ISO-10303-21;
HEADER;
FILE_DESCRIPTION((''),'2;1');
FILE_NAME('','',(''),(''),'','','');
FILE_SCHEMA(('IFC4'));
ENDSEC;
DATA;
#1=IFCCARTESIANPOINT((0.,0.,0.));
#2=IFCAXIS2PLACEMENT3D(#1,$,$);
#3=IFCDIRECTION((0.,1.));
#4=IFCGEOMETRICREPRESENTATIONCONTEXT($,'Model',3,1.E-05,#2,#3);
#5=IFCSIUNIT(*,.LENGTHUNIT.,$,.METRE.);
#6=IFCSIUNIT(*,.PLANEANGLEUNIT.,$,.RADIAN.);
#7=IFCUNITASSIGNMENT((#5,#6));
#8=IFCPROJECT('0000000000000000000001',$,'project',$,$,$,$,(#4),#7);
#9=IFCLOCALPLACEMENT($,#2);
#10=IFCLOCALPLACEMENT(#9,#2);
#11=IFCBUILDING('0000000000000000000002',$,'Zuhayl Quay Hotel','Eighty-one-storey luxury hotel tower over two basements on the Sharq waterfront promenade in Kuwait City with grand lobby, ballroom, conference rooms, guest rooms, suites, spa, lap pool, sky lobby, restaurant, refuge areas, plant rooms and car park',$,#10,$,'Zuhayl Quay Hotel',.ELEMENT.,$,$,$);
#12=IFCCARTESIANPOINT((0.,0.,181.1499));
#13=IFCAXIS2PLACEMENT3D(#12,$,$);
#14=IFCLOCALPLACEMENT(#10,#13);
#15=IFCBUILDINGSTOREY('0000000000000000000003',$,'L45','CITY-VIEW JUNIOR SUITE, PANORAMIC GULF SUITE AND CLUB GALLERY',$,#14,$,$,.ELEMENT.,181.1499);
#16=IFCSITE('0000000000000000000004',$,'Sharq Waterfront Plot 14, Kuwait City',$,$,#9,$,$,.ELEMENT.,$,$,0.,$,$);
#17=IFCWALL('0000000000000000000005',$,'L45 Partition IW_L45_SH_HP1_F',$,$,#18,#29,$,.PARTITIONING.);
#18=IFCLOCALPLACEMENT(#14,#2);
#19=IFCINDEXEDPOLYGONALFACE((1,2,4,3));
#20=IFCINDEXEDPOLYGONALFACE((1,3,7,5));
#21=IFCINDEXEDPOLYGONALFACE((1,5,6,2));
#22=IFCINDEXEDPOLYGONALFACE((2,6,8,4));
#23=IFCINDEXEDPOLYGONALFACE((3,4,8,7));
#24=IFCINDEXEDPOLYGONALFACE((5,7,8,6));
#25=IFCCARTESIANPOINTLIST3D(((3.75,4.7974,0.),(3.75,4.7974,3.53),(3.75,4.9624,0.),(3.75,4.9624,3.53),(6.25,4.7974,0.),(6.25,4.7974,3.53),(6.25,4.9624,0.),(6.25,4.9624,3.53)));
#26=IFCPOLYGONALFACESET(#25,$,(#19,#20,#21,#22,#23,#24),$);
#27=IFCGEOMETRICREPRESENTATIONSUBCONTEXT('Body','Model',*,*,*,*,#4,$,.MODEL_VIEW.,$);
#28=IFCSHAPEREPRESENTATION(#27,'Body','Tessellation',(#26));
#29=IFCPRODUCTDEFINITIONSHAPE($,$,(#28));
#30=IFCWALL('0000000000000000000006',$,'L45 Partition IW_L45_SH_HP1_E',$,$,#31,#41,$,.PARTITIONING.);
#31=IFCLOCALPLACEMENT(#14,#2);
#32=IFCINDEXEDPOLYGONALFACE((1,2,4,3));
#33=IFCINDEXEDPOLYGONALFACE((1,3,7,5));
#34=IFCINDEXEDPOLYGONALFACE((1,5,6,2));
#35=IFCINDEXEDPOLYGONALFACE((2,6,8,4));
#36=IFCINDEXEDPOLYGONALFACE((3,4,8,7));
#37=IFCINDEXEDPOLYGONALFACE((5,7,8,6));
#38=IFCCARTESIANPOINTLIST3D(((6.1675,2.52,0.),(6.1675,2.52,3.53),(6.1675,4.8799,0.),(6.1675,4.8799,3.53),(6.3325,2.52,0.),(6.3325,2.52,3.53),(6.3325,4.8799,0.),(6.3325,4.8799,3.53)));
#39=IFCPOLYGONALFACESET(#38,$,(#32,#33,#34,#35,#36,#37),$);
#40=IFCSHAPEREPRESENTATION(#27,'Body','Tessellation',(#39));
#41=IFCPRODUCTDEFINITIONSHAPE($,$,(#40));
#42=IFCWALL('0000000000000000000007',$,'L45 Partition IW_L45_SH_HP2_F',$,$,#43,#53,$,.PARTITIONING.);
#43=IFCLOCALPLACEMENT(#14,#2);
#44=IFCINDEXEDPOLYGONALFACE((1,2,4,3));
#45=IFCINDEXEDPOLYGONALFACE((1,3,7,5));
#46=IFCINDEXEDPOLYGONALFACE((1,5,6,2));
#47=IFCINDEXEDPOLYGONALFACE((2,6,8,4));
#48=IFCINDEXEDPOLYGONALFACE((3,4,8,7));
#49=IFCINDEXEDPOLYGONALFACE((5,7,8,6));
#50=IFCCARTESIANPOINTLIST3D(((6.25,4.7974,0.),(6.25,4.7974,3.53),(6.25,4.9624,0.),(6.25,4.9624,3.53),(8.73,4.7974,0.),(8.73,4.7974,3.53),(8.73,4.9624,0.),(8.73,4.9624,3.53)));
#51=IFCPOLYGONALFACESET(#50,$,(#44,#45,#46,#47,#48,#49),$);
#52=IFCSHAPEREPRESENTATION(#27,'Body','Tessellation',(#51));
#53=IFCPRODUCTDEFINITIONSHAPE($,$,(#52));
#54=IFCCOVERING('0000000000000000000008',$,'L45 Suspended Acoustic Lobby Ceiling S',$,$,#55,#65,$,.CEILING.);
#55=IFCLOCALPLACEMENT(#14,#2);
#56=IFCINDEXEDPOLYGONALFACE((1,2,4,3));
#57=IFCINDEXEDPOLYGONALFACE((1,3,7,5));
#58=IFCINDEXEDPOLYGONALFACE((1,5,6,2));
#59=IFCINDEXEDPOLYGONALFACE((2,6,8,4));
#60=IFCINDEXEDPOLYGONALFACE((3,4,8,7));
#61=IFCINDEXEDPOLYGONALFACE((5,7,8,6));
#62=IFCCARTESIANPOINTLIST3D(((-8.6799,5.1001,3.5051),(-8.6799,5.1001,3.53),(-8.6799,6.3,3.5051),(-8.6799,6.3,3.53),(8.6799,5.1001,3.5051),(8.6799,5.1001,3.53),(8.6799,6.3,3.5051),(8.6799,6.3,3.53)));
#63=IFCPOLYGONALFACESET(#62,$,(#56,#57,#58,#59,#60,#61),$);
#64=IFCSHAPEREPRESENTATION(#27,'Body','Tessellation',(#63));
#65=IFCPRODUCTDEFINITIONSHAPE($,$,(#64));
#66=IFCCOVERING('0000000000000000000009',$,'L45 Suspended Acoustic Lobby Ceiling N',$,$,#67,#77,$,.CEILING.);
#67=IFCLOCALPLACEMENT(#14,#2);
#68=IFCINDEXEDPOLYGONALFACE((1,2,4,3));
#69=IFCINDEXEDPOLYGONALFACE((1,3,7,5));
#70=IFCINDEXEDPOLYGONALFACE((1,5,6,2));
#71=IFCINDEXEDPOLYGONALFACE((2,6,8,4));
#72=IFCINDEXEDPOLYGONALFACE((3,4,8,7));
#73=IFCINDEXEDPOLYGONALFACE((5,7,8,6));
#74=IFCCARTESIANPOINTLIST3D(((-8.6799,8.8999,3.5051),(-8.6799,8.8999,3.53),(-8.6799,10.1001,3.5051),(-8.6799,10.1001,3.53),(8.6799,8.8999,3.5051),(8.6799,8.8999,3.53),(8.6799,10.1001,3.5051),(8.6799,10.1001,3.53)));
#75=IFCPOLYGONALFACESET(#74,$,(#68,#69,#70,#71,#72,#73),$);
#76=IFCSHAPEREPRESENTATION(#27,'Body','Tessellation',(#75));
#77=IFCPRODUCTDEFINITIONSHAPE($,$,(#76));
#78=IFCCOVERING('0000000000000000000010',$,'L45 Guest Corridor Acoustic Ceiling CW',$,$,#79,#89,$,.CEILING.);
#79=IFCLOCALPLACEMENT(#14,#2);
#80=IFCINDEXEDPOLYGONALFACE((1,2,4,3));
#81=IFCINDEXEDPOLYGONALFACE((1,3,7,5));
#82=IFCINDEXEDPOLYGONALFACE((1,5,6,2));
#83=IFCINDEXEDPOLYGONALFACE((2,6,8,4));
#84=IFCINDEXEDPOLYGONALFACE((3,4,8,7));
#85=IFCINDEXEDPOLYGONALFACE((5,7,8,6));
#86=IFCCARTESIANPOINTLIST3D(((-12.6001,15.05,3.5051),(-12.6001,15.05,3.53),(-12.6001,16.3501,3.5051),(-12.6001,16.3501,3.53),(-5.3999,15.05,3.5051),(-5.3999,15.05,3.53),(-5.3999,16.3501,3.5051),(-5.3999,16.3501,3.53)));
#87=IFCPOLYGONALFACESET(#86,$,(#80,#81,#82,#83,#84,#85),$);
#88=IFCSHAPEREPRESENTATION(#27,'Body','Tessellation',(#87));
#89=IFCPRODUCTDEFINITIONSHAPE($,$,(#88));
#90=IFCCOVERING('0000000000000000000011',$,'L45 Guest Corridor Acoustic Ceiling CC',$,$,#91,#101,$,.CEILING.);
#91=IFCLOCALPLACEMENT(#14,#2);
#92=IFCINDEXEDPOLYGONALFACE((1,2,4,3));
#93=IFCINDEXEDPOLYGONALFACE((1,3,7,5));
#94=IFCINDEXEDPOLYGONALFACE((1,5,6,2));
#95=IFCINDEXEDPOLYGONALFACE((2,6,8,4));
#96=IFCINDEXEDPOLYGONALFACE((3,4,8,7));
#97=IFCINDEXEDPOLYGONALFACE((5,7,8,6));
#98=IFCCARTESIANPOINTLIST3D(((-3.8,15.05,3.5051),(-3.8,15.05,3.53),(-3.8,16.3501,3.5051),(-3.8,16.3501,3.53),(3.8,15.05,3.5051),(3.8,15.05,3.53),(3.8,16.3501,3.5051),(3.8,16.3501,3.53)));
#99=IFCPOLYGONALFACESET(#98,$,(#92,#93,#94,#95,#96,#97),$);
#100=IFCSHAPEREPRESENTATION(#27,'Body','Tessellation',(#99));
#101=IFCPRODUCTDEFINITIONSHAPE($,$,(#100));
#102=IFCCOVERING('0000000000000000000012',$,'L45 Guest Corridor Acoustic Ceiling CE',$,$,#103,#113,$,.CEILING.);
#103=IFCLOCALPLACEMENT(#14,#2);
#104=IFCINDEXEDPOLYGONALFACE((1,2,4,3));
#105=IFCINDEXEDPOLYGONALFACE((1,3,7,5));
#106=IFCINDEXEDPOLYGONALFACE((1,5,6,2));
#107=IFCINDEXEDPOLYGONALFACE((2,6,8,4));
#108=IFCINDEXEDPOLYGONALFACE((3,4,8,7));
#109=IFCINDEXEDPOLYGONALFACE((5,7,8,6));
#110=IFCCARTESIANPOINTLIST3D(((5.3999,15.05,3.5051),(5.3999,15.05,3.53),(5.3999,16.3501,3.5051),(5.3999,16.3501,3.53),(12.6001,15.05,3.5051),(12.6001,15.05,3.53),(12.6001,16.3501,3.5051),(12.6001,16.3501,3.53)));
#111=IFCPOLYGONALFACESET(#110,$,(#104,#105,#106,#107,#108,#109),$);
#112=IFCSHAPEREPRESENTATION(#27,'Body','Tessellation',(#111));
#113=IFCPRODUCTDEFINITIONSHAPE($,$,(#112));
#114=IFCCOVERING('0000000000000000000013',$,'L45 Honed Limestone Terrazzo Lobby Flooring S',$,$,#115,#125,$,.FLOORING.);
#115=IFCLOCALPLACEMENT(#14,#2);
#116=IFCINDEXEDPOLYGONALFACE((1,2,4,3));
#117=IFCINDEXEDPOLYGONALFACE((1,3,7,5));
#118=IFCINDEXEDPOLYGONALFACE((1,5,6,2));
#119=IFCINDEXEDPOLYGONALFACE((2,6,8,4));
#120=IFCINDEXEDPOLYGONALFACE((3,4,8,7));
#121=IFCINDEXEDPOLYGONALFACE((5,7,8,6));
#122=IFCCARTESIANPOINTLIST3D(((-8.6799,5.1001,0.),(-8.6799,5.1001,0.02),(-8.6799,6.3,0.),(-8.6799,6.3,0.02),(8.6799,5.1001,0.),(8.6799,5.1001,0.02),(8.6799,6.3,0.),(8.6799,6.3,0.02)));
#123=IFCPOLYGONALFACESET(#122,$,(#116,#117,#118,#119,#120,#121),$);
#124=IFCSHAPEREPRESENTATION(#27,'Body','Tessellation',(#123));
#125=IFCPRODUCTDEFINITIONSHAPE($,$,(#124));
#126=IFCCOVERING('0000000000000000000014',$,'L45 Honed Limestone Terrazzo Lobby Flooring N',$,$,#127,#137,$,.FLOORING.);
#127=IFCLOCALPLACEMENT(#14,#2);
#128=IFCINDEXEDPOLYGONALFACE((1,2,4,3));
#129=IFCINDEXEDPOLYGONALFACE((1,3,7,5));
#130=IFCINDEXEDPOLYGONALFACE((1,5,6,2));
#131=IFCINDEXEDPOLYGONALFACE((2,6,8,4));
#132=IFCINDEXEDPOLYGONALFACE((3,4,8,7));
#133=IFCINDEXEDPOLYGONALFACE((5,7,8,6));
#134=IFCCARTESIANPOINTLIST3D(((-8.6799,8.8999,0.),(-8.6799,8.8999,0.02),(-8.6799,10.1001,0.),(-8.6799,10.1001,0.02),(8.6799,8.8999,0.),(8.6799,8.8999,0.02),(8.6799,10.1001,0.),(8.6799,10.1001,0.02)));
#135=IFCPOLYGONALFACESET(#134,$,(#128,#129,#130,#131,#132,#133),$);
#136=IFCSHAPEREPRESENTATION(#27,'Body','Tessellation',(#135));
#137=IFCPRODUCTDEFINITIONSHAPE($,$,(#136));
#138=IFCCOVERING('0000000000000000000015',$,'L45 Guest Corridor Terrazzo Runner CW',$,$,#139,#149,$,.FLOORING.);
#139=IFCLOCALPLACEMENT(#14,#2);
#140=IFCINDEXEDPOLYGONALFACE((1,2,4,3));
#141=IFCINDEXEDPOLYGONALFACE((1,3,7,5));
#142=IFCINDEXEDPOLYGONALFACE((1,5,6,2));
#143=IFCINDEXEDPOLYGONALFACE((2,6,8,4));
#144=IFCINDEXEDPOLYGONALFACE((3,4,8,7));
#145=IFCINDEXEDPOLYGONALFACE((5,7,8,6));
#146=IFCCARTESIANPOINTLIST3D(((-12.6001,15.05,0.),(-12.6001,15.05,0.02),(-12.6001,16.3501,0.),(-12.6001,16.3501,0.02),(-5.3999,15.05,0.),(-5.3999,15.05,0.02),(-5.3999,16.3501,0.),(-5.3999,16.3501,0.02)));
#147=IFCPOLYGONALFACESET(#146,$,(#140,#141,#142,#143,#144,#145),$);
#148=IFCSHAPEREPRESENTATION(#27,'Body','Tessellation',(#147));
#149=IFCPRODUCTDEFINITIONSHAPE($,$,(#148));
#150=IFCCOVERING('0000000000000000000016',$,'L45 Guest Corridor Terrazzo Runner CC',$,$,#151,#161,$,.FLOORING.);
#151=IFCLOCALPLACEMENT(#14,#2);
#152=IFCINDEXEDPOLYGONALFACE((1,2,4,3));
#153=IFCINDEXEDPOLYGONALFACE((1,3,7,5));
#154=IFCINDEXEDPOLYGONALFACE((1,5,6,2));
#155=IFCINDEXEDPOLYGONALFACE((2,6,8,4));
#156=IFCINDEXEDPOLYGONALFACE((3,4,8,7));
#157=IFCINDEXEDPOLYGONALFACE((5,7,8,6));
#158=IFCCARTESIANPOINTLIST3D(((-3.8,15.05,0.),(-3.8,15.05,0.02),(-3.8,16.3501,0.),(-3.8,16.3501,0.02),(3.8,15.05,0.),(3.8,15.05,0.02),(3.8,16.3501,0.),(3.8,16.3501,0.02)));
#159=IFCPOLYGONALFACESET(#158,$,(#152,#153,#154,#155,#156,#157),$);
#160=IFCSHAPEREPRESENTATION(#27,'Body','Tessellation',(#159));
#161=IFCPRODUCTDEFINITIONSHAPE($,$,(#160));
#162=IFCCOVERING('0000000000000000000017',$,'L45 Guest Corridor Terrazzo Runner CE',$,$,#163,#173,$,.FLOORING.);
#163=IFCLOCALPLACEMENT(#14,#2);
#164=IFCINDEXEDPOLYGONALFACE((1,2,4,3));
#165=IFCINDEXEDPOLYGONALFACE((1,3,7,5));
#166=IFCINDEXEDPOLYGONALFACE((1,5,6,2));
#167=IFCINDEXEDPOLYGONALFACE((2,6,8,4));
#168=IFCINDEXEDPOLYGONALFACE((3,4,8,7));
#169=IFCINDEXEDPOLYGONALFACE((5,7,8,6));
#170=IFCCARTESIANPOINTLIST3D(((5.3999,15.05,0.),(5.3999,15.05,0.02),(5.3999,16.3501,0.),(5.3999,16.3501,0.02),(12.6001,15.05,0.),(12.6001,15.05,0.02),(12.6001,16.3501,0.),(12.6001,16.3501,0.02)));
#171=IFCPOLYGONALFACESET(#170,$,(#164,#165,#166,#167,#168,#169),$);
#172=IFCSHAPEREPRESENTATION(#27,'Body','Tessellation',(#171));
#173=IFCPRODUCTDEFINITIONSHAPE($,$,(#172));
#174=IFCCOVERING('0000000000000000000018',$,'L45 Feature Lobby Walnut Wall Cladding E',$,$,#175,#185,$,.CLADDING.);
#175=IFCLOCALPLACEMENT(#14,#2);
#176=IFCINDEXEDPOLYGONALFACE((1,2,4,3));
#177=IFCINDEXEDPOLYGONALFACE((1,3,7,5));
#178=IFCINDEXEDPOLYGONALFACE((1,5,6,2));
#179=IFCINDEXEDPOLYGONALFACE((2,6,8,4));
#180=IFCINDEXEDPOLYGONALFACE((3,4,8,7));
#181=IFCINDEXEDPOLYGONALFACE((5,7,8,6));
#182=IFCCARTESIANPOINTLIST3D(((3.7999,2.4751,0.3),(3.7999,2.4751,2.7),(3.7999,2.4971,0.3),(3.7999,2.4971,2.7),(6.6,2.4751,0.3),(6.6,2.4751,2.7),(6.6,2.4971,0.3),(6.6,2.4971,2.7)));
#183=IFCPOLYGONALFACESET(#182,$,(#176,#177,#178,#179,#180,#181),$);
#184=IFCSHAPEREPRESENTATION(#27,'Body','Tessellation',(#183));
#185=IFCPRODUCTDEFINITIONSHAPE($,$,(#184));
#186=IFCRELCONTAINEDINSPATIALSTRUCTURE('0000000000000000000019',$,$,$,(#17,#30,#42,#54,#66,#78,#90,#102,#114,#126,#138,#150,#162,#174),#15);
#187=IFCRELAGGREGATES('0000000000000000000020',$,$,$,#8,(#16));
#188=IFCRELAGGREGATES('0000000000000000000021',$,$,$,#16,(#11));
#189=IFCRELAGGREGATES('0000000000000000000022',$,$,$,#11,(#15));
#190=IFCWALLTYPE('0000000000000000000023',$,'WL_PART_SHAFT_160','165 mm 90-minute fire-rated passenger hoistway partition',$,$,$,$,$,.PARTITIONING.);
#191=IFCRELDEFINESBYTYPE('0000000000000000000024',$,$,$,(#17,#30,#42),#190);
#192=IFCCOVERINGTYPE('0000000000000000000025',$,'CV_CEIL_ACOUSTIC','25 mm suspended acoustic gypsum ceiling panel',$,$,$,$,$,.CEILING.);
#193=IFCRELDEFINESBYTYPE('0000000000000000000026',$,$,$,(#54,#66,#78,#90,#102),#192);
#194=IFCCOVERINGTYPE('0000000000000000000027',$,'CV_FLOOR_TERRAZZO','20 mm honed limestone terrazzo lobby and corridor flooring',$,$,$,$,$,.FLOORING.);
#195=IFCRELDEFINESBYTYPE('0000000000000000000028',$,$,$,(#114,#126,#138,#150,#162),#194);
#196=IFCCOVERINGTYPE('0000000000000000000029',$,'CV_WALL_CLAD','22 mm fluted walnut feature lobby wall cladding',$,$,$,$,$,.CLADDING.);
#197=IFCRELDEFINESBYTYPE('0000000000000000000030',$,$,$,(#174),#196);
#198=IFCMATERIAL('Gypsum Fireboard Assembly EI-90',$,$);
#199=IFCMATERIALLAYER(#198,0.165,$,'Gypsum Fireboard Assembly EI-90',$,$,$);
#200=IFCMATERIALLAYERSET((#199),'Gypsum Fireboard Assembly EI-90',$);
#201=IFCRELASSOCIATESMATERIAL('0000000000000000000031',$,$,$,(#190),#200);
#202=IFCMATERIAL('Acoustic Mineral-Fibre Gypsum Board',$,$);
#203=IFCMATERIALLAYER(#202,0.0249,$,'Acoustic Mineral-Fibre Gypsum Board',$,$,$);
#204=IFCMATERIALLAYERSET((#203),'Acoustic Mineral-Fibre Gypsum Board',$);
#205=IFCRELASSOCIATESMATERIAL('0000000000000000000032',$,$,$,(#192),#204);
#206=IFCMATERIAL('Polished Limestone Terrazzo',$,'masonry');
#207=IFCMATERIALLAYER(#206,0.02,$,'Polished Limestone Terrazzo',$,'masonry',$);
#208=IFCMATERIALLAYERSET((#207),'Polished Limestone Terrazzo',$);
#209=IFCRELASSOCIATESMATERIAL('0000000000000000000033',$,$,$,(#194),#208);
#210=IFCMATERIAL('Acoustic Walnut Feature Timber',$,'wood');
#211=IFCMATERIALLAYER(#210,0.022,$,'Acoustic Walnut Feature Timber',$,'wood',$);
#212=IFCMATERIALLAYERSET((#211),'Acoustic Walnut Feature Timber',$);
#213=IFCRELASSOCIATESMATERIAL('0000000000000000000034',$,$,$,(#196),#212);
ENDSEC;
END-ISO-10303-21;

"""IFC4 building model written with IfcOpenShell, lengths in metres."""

from ifc_helpers import new_model, si_unit, direction, frame, frame_2d, origin, origin_2d, place, context, subcontext, project, spatial, polyline, rectangle, outline, extrude, material, layer, layer_set, type_object, element, save


model = new_model("IFC4")

# Units and contexts
model_context = context("Model", 3, precision=1e-05, world=origin(), true_north=direction((0.0, 1.0)))
body_context = subcontext(model_context, "Body", "Model", "MODEL_VIEW")
ifc_project = project(units=[si_unit("LENGTHUNIT", "METRE"), si_unit("PLANEANGLEUNIT", "RADIAN")], contexts=[model_context])

# Site, building, storey
site_placement = place(None, origin())
site = spatial("IfcSite", under=ifc_project, at=site_placement, Name="Sharq Waterfront Plot 14, Kuwait City", CompositionType="ELEMENT", RefElevation=0.0)
building_placement = place(site_placement, origin())
building = spatial("IfcBuilding", under=site, at=building_placement, Name="Zuhayl Quay Hotel", Description="Eighty-one-storey luxury hotel tower over two basements on the Sharq waterfront promenade in Kuwait City with grand lobby, ballroom, conference rooms, guest rooms, suites, spa, lap pool, sky lobby, restaurant, refuge areas, plant rooms and car park", LongName="Zuhayl Quay Hotel", CompositionType="ELEMENT")
storey_placement = place(building_placement, frame((0.0, 0.0, 181.1499)))
storey = spatial("IfcBuildingStorey", under=building, at=storey_placement, Name="L45", Description="CITY-VIEW JUNIOR SUITE, PANORAMIC GULF SUITE AND CLUB GALLERY", CompositionType="ELEMENT", Elevation=181.1499)

# Shared definitions
ifc_material_1 = material(Name="Gypsum Fireboard Assembly EI-90")
ifc_layer_1 = layer(ifc_material_1, 0.165, Name="Gypsum Fireboard Assembly EI-90")
ifc_layer_set_1 = layer_set([ifc_layer_1], Name="Gypsum Fireboard Assembly EI-90")
wall_type_1 = type_object("IfcWallType", Name="WL_PART_SHAFT_160", Description="165 mm 90-minute fire-rated passenger hoistway partition", PredefinedType="PARTITIONING", material=ifc_layer_set_1)

# Walls
wall_1_placement = place(storey_placement, frame((3.75, 4.8799, 0.0), z_axis=(0.0, 0.0, 1.0), x_axis=(1.0, 0.0, 0.0)))
element("IfcWall", 1, at=wall_1_placement, inside=storey, type_object=wall_type_1, Name="L45 Partition IW_L45_SH_HP1_F", PredefinedType="PARTITIONING", context=body_context, shape_type="SweptSolid", body=[
    extrude(rectangle(XDim=2.5, YDim=0.165, at=frame_2d((1.25, 0.0))), origin(), (0.0, 0.0, 1.0), 3.53),
])
wall_2_placement = place(storey_placement, frame((6.25, 2.52, 0.0), z_axis=(0.0, 0.0, 1.0), x_axis=(0.0, 1.0, 0.0)))
element("IfcWall", 2, at=wall_2_placement, inside=storey, type_object=wall_type_1, Name="L45 Partition IW_L45_SH_HP1_E", PredefinedType="PARTITIONING", context=body_context, shape_type="SweptSolid", body=[
    extrude(rectangle(XDim=2.3599, YDim=0.165, at=frame_2d((1.1799, 0.0))), origin(), (0.0, 0.0, 1.0), 3.53),
])
wall_3_placement = place(storey_placement, frame((6.25, 4.8799, 0.0), z_axis=(0.0, 0.0, 1.0), x_axis=(1.0, 0.0, 0.0)))
element("IfcWall", 3, at=wall_3_placement, inside=storey, type_object=wall_type_1, Name="L45 Partition IW_L45_SH_HP2_F", PredefinedType="PARTITIONING", context=body_context, shape_type="SweptSolid", body=[
    extrude(rectangle(XDim=2.48, YDim=0.165, at=frame_2d((1.24, 0.0))), origin(), (0.0, 0.0, 1.0), 3.53),
])

# Coverings
ifc_material_2 = material(Name="Acoustic Mineral-Fibre Gypsum Board")
ifc_layer_2 = layer(ifc_material_2, 0.0249, Name="Acoustic Mineral-Fibre Gypsum Board")
ifc_layer_set_2 = layer_set([ifc_layer_2], Name="Acoustic Mineral-Fibre Gypsum Board")
covering_type_1 = type_object("IfcCoveringType", Name="CV_CEIL_ACOUSTIC", Description="25 mm suspended acoustic gypsum ceiling panel", PredefinedType="CEILING", material=ifc_layer_set_2)
covering_1_placement = place(storey_placement, frame((0.0, 0.0, 3.5051)))
element("IfcCovering", 4, at=covering_1_placement, inside=storey, type_object=covering_type_1, Name="L45 Suspended Acoustic Lobby Ceiling S", PredefinedType="CEILING", context=body_context, shape_type="SweptSolid", body=[
    extrude(outline(polyline([(-8.6799, 5.1001), (8.6799, 5.1001), (8.6799, 6.3), (-8.6799, 6.3), (-8.6799, 5.1001)])), origin(), (0.0, 0.0, 1.0), 0.0249),
])
covering_2_placement = place(storey_placement, frame((0.0, 0.0, 3.5051)))
element("IfcCovering", 5, at=covering_2_placement, inside=storey, type_object=covering_type_1, Name="L45 Suspended Acoustic Lobby Ceiling N", PredefinedType="CEILING", context=body_context, shape_type="SweptSolid", body=[
    extrude(outline(polyline([(-8.6799, 8.8999), (8.6799, 8.8999), (8.6799, 10.1001), (-8.6799, 10.1001), (-8.6799, 8.8999)])), origin(), (0.0, 0.0, 1.0), 0.0249),
])
covering_3_placement = place(storey_placement, frame((0.0, 0.0, 3.5051)))
element("IfcCovering", 6, at=covering_3_placement, inside=storey, type_object=covering_type_1, Name="L45 Guest Corridor Acoustic Ceiling CW", PredefinedType="CEILING", context=body_context, shape_type="SweptSolid", body=[
    extrude(outline(polyline([(-12.6001, 15.05), (-5.3999, 15.05), (-5.3999, 16.3501), (-12.6001, 16.3501), (-12.6001, 15.05)])), origin(), (0.0, 0.0, 1.0), 0.0249),
])
covering_4_placement = place(storey_placement, frame((0.0, 0.0, 3.5051)))
element("IfcCovering", 7, at=covering_4_placement, inside=storey, type_object=covering_type_1, Name="L45 Guest Corridor Acoustic Ceiling CC", PredefinedType="CEILING", context=body_context, shape_type="SweptSolid", body=[
    extrude(outline(polyline([(-3.8, 15.05), (3.8, 15.05), (3.8, 16.3501), (-3.8, 16.3501), (-3.8, 15.05)])), origin(), (0.0, 0.0, 1.0), 0.0249),
])
covering_5_placement = place(storey_placement, frame((0.0, 0.0, 3.5051)))
element("IfcCovering", 8, at=covering_5_placement, inside=storey, type_object=covering_type_1, Name="L45 Guest Corridor Acoustic Ceiling CE", PredefinedType="CEILING", context=body_context, shape_type="SweptSolid", body=[
    extrude(outline(polyline([(5.3999, 15.05), (12.6001, 15.05), (12.6001, 16.3501), (5.3999, 16.3501), (5.3999, 15.05)])), origin(), (0.0, 0.0, 1.0), 0.0249),
])
ifc_material_3 = material(Name="Polished Limestone Terrazzo", Category="masonry")
ifc_layer_3 = layer(ifc_material_3, 0.02, Name="Polished Limestone Terrazzo", Category="masonry")
ifc_layer_set_3 = layer_set([ifc_layer_3], Name="Polished Limestone Terrazzo")
covering_type_2 = type_object("IfcCoveringType", Name="CV_FLOOR_TERRAZZO", Description="20 mm honed limestone terrazzo lobby and corridor flooring", PredefinedType="FLOORING", material=ifc_layer_set_3)
covering_6_placement = place(storey_placement, origin())
element("IfcCovering", 9, at=covering_6_placement, inside=storey, type_object=covering_type_2, Name="L45 Honed Limestone Terrazzo Lobby Flooring S", PredefinedType="FLOORING", context=body_context, shape_type="SweptSolid", body=[
    extrude(outline(polyline([(-8.6799, 5.1001), (8.6799, 5.1001), (8.6799, 6.3), (-8.6799, 6.3), (-8.6799, 5.1001)])), origin(), (0.0, 0.0, 1.0), 0.02),
])
covering_7_placement = place(storey_placement, origin())
element("IfcCovering", 10, at=covering_7_placement, inside=storey, type_object=covering_type_2, Name="L45 Honed Limestone Terrazzo Lobby Flooring N", PredefinedType="FLOORING", context=body_context, shape_type="SweptSolid", body=[
    extrude(outline(polyline([(-8.6799, 8.8999), (8.6799, 8.8999), (8.6799, 10.1001), (-8.6799, 10.1001), (-8.6799, 8.8999)])), origin(), (0.0, 0.0, 1.0), 0.02),
])
covering_8_placement = place(storey_placement, origin())
element("IfcCovering", 11, at=covering_8_placement, inside=storey, type_object=covering_type_2, Name="L45 Guest Corridor Terrazzo Runner CW", PredefinedType="FLOORING", context=body_context, shape_type="SweptSolid", body=[
    extrude(outline(polyline([(-12.6001, 15.05), (-5.3999, 15.05), (-5.3999, 16.3501), (-12.6001, 16.3501), (-12.6001, 15.05)])), origin(), (0.0, 0.0, 1.0), 0.02),
])
covering_9_placement = place(storey_placement, origin())
element("IfcCovering", 12, at=covering_9_placement, inside=storey, type_object=covering_type_2, Name="L45 Guest Corridor Terrazzo Runner CC", PredefinedType="FLOORING", context=body_context, shape_type="SweptSolid", body=[
    extrude(outline(polyline([(-3.8, 15.05), (3.8, 15.05), (3.8, 16.3501), (-3.8, 16.3501), (-3.8, 15.05)])), origin(), (0.0, 0.0, 1.0), 0.02),
])
covering_10_placement = place(storey_placement, origin())
element("IfcCovering", 13, at=covering_10_placement, inside=storey, type_object=covering_type_2, Name="L45 Guest Corridor Terrazzo Runner CE", PredefinedType="FLOORING", context=body_context, shape_type="SweptSolid", body=[
    extrude(outline(polyline([(5.3999, 15.05), (12.6001, 15.05), (12.6001, 16.3501), (5.3999, 16.3501), (5.3999, 15.05)])), origin(), (0.0, 0.0, 1.0), 0.02),
])
ifc_material_4 = material(Name="Acoustic Walnut Feature Timber", Category="wood")
ifc_layer_4 = layer(ifc_material_4, 0.022, Name="Acoustic Walnut Feature Timber", Category="wood")
ifc_layer_set_4 = layer_set([ifc_layer_4], Name="Acoustic Walnut Feature Timber")
covering_type_3 = type_object("IfcCoveringType", Name="CV_WALL_CLAD", Description="22 mm fluted walnut feature lobby wall cladding", PredefinedType="CLADDING", material=ifc_layer_set_4)
covering_11_placement = place(storey_placement, frame((5.2, 2.4861, 0.3), z_axis=(0.0, 0.0, 1.0), x_axis=(1.0, 0.0, 0.0)))
element("IfcCovering", 14, at=covering_11_placement, inside=storey, type_object=covering_type_3, Name="L45 Feature Lobby Walnut Wall Cladding E", PredefinedType="CLADDING", context=body_context, shape_type="SweptSolid", body=[
    extrude(rectangle(XDim=2.8, YDim=0.022, at=origin_2d()), origin(), (0.0, 0.0, 1.0), 2.3999),
])

save(model, "model.ifc")
